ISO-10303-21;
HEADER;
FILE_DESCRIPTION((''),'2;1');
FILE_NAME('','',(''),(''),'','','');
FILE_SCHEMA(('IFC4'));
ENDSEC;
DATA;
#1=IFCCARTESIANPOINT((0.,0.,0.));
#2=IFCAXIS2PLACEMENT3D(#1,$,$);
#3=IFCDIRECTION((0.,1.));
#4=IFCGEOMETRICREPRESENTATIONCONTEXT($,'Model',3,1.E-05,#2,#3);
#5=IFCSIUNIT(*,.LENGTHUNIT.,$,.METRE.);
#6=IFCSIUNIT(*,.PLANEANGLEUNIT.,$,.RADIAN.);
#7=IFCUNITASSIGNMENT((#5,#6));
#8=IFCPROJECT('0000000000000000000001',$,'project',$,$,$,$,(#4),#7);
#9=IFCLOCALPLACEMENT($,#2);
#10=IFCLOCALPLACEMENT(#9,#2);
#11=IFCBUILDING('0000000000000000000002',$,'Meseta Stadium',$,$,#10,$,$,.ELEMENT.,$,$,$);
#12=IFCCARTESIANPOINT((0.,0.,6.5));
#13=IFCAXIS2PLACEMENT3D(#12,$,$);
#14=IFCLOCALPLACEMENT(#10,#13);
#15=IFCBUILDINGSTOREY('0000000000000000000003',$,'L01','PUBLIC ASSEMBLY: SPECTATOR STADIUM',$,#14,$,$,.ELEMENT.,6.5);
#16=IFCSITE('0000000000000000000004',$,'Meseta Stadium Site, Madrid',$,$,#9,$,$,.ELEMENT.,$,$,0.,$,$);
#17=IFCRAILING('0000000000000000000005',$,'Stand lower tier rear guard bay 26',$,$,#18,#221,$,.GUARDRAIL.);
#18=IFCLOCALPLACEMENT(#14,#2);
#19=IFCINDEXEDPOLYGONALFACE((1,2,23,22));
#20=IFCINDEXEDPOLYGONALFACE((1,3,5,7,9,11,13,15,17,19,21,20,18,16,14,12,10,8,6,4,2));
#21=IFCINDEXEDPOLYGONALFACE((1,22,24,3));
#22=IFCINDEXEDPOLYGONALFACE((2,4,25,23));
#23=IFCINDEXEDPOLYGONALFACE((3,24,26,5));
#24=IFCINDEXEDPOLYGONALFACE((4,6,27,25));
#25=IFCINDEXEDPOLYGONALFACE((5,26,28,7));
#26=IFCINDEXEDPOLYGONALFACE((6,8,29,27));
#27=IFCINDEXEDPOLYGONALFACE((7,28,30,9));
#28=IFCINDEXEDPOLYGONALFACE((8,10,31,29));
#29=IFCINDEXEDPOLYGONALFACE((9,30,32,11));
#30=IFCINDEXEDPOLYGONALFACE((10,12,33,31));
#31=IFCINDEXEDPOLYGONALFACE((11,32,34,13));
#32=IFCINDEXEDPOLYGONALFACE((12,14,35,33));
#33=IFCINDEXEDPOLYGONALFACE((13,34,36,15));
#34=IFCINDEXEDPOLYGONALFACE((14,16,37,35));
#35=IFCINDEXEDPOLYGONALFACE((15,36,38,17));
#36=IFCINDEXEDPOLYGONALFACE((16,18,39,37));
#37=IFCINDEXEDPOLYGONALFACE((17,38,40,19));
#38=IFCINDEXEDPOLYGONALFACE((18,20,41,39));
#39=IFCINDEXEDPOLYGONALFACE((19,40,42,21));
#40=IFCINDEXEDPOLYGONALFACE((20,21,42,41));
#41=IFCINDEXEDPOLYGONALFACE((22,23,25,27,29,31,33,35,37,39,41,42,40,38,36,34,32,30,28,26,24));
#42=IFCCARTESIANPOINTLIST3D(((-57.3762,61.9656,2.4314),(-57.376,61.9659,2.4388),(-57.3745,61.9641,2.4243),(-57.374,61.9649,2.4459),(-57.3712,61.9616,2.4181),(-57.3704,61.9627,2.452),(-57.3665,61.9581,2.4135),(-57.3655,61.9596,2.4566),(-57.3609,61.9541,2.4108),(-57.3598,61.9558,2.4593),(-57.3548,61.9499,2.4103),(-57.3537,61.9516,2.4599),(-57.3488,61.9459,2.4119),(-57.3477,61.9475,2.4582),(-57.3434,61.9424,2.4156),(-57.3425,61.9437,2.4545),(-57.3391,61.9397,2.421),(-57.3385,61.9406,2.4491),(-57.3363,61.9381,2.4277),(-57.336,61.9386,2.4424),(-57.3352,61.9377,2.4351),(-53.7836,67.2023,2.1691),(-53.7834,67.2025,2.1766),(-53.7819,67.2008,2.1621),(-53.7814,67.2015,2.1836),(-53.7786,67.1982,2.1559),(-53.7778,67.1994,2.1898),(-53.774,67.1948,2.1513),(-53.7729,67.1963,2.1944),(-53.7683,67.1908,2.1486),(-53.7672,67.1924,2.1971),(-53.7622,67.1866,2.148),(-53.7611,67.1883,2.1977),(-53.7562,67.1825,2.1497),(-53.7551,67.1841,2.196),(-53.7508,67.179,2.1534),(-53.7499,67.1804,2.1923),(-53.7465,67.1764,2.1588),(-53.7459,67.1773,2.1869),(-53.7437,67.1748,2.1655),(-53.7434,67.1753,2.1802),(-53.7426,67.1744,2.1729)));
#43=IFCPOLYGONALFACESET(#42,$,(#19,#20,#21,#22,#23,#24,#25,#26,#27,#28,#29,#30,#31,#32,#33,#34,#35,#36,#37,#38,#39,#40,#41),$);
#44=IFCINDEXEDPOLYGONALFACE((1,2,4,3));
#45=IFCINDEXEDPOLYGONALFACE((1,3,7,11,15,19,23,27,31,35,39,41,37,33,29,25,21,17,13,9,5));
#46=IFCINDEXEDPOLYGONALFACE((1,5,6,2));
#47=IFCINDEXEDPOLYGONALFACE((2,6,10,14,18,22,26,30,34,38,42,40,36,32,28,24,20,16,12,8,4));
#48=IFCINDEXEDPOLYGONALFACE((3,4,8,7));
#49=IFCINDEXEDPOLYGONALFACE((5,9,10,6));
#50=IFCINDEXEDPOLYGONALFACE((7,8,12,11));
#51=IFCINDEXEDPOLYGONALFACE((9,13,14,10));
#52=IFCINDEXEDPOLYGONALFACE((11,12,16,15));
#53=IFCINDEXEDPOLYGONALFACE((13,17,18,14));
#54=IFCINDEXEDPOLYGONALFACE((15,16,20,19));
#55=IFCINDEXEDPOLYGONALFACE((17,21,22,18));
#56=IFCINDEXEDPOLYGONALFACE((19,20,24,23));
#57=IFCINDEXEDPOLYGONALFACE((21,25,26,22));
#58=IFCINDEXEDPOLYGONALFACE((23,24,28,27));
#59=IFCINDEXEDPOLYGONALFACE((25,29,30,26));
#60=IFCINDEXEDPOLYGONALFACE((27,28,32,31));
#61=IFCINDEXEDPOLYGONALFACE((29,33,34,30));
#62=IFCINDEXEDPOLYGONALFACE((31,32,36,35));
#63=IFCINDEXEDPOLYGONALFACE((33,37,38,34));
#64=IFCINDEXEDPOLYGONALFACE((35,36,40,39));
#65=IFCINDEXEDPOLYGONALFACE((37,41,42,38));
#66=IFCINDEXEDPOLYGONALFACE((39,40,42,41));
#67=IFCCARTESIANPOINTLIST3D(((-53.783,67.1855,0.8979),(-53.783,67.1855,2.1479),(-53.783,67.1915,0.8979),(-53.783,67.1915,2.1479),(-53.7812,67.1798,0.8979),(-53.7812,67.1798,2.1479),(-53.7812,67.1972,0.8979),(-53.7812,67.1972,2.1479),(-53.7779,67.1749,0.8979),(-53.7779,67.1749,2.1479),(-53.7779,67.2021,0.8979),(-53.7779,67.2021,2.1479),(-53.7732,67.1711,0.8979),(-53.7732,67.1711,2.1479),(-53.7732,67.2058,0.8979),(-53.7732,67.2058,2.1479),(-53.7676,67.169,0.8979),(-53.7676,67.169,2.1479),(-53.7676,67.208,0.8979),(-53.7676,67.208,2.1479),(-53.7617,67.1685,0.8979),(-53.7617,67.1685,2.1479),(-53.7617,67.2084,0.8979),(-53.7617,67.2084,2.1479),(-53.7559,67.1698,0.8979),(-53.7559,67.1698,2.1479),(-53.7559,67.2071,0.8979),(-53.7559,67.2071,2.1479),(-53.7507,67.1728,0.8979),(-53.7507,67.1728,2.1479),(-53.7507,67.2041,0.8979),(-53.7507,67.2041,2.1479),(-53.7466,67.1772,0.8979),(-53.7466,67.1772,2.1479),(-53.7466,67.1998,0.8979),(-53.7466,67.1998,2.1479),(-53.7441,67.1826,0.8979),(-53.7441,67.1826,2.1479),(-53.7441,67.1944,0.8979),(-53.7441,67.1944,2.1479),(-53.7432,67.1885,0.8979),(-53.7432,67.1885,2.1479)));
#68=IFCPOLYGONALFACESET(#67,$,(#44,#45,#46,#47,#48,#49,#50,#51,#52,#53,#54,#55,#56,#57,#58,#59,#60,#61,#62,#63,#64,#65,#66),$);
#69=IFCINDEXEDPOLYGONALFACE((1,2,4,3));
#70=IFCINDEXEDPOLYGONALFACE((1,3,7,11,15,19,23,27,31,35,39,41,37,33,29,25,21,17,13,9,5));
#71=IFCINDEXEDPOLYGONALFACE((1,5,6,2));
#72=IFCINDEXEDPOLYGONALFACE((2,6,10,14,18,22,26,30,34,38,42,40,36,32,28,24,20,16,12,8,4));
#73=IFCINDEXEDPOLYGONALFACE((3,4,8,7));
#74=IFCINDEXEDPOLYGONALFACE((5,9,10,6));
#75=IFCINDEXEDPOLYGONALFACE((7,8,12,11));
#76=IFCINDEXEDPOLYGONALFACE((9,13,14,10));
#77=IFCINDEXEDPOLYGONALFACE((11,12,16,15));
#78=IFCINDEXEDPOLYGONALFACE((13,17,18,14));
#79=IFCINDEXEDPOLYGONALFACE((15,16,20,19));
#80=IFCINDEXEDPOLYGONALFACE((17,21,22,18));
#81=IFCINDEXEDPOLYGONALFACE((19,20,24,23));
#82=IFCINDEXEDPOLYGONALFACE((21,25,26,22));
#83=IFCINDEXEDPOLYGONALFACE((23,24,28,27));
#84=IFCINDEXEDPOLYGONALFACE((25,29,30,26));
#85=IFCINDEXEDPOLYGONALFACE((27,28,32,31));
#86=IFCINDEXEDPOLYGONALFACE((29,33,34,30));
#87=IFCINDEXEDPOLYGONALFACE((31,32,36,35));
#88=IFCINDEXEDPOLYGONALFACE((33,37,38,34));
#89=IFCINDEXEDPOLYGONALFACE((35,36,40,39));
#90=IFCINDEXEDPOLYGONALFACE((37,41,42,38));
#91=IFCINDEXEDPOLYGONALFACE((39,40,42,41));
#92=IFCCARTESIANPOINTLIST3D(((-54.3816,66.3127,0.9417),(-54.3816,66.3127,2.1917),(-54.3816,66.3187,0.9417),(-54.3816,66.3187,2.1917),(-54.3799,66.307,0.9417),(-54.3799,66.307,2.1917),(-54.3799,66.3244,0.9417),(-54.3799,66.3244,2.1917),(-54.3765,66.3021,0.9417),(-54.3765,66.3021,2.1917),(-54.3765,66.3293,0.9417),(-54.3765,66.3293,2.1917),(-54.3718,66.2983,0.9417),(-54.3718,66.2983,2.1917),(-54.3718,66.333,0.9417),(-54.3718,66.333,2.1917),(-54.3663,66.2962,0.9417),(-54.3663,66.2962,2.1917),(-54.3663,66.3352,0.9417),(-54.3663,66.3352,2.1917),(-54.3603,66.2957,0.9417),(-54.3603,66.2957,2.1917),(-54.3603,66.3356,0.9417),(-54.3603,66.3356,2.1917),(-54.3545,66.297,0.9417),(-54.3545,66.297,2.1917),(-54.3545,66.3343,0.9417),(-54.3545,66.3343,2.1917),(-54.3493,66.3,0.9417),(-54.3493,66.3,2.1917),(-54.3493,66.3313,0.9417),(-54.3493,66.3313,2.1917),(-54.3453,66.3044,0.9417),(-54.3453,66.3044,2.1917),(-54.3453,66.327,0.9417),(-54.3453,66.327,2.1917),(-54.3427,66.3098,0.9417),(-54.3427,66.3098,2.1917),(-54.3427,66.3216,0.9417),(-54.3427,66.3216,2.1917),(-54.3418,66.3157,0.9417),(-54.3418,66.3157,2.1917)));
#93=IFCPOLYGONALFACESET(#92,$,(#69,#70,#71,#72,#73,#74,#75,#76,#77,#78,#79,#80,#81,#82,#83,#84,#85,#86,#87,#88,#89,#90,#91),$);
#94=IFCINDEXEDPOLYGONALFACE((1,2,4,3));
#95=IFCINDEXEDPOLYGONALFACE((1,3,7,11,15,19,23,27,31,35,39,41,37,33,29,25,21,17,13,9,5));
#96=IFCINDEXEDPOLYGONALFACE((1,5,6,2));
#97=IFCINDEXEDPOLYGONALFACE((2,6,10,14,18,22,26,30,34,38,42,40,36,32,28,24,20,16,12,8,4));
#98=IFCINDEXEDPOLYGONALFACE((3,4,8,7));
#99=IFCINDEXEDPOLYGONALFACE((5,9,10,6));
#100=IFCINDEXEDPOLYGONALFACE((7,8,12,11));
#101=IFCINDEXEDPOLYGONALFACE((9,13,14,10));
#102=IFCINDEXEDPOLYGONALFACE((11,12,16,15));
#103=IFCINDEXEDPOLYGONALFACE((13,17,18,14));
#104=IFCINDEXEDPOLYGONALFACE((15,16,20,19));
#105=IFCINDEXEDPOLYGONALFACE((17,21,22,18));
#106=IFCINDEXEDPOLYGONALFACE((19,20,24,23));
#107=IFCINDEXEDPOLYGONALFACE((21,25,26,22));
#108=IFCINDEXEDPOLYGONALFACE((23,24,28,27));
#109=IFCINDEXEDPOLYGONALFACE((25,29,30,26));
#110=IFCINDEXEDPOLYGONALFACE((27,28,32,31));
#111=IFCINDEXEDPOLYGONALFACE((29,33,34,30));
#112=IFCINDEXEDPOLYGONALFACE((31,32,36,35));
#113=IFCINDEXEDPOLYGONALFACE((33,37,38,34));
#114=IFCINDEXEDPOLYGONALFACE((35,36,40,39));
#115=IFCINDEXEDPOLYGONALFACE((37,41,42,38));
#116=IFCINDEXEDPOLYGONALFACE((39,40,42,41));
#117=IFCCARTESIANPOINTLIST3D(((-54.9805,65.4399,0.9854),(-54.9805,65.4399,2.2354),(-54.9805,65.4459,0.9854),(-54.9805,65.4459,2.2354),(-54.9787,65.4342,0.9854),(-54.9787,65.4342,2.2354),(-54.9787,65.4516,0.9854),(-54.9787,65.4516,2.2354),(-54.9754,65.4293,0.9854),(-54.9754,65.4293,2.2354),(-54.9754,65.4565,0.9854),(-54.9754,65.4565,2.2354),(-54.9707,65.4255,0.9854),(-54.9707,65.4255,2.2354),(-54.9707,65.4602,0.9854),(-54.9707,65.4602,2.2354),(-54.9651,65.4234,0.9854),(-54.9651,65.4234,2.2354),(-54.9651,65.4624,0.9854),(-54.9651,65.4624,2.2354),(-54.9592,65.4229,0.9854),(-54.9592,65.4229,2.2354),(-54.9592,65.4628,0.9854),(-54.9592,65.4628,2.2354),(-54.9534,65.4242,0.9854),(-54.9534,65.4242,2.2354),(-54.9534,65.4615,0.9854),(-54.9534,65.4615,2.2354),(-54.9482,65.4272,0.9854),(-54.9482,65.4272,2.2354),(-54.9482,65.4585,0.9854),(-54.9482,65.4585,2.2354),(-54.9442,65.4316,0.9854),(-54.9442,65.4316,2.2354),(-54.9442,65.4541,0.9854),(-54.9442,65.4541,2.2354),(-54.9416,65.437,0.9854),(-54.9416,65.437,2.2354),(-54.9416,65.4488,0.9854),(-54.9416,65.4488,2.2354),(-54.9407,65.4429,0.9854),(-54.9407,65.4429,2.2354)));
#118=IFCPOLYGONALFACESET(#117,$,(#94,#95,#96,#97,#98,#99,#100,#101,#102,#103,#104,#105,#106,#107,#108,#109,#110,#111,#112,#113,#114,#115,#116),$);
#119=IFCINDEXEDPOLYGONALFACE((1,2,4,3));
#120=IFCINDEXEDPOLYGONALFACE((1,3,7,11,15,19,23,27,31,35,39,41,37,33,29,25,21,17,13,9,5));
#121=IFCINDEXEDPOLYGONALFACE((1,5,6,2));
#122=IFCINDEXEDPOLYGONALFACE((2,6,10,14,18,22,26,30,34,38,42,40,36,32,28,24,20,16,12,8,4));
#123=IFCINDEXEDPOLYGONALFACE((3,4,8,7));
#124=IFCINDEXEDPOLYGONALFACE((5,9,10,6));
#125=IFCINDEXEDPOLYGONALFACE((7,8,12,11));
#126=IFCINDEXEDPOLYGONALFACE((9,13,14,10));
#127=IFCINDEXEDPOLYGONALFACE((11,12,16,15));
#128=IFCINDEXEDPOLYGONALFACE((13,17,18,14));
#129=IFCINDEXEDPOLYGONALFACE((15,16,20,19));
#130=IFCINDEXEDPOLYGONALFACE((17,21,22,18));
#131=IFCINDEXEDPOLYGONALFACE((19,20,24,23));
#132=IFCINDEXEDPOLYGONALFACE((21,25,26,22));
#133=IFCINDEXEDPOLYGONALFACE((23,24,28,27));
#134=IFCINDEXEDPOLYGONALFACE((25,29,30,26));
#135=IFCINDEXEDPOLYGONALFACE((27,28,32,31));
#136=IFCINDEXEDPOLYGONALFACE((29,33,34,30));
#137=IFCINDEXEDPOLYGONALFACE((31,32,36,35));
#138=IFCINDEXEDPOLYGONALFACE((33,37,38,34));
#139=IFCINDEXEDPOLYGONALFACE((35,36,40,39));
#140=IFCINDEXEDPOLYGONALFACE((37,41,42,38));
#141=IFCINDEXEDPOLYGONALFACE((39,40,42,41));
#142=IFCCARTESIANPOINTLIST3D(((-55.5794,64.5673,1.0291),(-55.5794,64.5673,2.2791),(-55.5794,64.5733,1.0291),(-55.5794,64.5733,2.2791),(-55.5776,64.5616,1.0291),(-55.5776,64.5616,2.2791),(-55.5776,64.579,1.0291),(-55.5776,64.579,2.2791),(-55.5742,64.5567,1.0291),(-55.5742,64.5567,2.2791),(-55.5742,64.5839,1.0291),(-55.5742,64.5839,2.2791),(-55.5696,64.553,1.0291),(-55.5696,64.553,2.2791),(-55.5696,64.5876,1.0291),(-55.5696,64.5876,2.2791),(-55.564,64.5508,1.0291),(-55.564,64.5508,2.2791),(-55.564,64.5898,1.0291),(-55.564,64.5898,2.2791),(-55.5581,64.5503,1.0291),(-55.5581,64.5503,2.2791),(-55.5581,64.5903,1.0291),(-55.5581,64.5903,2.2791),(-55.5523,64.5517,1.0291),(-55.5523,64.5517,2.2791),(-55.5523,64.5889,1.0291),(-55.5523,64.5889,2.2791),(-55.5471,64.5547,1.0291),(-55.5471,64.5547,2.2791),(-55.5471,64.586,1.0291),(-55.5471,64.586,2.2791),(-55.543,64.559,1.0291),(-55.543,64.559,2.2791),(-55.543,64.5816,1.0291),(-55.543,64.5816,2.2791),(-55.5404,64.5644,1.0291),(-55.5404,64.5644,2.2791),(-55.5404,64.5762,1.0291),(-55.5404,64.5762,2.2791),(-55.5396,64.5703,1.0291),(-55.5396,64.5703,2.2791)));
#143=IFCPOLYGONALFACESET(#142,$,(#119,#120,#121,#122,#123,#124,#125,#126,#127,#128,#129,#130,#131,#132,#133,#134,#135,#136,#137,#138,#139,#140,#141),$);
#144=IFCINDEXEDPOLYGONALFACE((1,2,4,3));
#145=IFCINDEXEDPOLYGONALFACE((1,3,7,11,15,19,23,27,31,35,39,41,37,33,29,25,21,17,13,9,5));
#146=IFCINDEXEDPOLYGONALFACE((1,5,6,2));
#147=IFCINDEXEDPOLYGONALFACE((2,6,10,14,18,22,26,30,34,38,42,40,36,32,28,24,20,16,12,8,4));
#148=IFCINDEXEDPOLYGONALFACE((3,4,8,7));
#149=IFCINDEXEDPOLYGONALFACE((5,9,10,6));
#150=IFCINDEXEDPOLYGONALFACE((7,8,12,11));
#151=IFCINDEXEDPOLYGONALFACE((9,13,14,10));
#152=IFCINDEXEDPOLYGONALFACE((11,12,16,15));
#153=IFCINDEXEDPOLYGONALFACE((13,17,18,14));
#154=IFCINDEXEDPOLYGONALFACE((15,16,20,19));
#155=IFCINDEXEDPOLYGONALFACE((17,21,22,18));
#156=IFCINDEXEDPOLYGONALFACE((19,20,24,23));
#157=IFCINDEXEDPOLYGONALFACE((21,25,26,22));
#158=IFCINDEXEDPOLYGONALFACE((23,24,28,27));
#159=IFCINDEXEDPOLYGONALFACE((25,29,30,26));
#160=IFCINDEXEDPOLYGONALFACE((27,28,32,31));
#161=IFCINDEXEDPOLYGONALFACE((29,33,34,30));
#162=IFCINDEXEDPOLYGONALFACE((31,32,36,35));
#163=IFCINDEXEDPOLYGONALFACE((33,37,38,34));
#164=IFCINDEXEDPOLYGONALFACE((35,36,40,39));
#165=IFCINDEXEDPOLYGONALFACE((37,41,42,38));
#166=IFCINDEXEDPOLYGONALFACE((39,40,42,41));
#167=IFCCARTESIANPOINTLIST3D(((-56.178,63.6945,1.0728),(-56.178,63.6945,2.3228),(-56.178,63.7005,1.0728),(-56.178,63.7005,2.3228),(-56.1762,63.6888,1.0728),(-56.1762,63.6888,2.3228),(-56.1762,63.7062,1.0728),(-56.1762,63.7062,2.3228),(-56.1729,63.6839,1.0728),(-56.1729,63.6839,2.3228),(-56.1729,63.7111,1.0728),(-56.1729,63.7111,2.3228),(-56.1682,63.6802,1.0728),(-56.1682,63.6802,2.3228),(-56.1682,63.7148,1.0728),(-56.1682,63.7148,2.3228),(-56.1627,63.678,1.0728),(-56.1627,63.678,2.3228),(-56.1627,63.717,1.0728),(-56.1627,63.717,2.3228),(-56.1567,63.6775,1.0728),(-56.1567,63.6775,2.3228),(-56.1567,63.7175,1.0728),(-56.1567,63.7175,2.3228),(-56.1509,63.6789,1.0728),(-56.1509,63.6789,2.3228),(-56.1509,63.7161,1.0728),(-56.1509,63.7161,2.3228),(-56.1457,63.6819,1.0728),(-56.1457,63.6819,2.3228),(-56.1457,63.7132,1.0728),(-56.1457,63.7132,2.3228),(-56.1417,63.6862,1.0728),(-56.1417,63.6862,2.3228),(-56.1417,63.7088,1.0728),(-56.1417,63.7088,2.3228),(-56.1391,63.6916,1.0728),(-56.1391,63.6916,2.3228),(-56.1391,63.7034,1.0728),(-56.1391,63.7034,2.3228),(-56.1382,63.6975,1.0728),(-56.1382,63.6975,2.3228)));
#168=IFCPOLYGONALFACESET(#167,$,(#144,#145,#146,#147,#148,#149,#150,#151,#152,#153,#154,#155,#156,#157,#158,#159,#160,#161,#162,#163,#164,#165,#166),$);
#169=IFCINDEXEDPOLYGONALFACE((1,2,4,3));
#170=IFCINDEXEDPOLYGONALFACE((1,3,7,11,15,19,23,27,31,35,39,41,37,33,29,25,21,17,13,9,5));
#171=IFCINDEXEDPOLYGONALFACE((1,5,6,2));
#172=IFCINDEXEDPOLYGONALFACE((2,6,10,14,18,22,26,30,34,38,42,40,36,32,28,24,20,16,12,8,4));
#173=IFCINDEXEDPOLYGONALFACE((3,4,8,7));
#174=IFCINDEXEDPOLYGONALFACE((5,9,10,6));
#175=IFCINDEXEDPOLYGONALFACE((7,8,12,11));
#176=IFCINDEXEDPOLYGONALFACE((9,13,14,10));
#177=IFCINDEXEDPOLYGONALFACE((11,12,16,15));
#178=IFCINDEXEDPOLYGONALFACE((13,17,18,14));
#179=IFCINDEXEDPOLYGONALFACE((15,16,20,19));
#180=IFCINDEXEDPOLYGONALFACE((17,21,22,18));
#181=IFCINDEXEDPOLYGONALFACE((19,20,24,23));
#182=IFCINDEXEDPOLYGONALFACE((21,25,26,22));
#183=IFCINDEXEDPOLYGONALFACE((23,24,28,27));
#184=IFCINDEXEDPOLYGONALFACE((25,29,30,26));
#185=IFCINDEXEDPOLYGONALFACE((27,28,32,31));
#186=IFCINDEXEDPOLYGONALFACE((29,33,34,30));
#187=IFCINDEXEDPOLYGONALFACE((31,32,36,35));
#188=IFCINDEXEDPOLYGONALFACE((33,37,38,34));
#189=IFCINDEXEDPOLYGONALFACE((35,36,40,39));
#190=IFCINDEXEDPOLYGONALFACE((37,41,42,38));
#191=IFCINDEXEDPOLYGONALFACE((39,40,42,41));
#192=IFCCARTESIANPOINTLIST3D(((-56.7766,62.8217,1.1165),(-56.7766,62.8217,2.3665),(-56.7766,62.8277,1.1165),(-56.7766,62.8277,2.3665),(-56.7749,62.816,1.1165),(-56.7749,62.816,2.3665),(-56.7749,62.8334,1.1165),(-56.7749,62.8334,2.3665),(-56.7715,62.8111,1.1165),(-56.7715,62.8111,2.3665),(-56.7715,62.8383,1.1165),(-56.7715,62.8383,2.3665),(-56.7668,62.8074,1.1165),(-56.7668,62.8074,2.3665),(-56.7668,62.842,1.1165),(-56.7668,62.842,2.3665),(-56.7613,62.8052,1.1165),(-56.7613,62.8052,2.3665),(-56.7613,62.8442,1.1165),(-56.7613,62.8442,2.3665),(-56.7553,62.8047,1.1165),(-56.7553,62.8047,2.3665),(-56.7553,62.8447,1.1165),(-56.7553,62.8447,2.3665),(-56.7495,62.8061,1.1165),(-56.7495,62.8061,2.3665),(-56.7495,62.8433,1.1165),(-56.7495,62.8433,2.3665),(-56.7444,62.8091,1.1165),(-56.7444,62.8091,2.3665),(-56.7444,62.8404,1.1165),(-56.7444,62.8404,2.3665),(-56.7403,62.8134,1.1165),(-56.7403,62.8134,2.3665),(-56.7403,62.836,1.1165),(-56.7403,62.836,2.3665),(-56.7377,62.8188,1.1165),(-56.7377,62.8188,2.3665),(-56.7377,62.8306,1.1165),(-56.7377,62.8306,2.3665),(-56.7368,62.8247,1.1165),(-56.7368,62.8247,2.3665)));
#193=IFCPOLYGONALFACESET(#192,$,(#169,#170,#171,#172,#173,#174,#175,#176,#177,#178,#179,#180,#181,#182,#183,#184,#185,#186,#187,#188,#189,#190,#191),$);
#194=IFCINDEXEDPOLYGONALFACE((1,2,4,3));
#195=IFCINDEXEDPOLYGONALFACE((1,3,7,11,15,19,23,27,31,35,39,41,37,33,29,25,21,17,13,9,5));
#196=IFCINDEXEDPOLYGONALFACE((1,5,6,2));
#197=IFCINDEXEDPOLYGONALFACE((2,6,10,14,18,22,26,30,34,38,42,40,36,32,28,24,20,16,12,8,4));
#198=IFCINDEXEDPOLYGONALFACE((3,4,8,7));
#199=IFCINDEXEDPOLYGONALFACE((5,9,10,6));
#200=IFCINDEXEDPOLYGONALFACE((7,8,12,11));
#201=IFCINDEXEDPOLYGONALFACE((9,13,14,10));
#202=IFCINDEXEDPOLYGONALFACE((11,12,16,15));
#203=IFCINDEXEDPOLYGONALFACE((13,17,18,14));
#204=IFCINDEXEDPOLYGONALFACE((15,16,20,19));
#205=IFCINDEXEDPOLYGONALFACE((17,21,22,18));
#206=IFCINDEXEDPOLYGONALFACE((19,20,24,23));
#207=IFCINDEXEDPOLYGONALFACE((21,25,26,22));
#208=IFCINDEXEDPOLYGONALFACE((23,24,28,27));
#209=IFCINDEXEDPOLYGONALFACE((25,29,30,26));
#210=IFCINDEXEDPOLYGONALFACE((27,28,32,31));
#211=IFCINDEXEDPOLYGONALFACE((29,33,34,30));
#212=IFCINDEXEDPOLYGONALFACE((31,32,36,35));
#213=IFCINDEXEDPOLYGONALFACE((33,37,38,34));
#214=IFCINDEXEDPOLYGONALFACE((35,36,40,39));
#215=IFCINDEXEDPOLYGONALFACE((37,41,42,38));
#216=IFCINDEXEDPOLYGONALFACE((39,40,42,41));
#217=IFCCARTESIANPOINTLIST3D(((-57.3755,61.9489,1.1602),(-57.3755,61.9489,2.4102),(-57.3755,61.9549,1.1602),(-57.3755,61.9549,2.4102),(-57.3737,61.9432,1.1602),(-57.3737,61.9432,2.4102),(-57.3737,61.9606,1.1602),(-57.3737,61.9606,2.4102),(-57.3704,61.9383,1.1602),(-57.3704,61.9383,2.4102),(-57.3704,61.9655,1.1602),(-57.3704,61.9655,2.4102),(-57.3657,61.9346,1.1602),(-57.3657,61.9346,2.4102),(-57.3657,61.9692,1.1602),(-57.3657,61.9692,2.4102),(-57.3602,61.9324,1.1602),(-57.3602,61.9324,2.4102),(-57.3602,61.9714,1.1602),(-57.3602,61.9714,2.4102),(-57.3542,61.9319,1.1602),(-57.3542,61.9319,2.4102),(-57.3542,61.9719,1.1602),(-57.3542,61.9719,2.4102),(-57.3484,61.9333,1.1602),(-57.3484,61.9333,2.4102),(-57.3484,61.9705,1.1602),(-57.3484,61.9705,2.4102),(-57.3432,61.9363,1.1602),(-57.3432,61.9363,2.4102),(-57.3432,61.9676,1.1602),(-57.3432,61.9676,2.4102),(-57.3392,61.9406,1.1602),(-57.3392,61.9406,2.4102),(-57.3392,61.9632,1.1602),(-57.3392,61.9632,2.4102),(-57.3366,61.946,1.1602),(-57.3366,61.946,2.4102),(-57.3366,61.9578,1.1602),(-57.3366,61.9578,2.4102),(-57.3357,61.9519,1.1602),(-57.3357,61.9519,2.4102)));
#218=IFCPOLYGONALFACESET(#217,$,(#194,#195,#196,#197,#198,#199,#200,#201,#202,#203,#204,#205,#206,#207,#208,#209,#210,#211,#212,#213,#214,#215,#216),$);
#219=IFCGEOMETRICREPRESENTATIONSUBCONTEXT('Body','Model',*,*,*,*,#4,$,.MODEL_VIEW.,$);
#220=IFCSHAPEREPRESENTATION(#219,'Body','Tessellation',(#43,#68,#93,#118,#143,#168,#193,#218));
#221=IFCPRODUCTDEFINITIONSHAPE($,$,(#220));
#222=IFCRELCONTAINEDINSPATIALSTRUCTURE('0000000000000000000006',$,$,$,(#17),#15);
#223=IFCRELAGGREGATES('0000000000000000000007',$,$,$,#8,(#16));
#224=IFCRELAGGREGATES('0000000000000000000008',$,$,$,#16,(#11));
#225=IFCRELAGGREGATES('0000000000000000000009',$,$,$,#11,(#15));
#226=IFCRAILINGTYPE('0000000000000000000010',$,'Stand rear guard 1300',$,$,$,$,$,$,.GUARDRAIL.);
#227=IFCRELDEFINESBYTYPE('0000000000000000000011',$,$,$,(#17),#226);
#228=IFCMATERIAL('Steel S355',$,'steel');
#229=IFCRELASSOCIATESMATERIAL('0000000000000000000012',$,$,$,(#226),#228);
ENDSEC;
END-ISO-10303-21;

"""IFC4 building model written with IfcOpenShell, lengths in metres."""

from ifc_helpers import new_model, si_unit, direction, frame, origin, origin_2d, place, context, subcontext, project, spatial, circle, extrude, material, type_object, element, save


model = new_model("IFC4")

# Units and contexts
model_context = context("Model", 3, precision=1e-05, world=origin(), true_north=direction((0.0, 1.0)))
body_context = subcontext(model_context, "Body", "Model", "MODEL_VIEW")
ifc_project = project(units=[si_unit("LENGTHUNIT", "METRE"), si_unit("PLANEANGLEUNIT", "RADIAN")], contexts=[model_context])

# Site, building, storey
site_placement = place(None, origin())
site = spatial("IfcSite", under=ifc_project, at=site_placement, Name="Meseta Stadium Site, Madrid", CompositionType="ELEMENT", RefElevation=0.0)
building_placement = place(site_placement, origin())
building = spatial("IfcBuilding", under=site, at=building_placement, Name="Meseta Stadium", CompositionType="ELEMENT")
storey_placement = place(building_placement, frame((0.0, 0.0, 6.5)))
storey = spatial("IfcBuildingStorey", under=building, at=storey_placement, Name="L01", Description="PUBLIC ASSEMBLY: SPECTATOR STADIUM", CompositionType="ELEMENT", Elevation=6.5)

# Railing
ifc_material_1 = material(Name="Steel S355", Category="steel")
railing_type = type_object("IfcRailingType", Name="Stand rear guard 1300", PredefinedType="GUARDRAIL", material=ifc_material_1)
railing_placement = place(storey_placement, frame((-53.7632, 67.1885, 0.8979)))
element("IfcRailing", 1, at=railing_placement, inside=storey, type_object=railing_type, Name="Stand lower tier rear guard bay 26", PredefinedType="GUARDRAIL", context=body_context, shape_type="SweptSolid", body=[
    extrude(circle(Radius=0.0249, at=origin_2d()), frame((0.0, 0.0, 1.2749), z_axis=(-0.565233, -0.823899, 0.041255), x_axis=(0.824601, -0.565714, 0.0)), (0.0, 0.0, 1.0), 6.356),
    extrude(circle(Radius=0.02, at=origin_2d()), origin(), (0.0, 0.0, 1.0), 1.25),
    extrude(circle(Radius=0.02, at=origin_2d()), frame((-0.5986, -0.8728, 0.0437)), (0.0, 0.0, 1.0), 1.25),
    extrude(circle(Radius=0.02, at=origin_2d()), frame((-1.1975, -1.7456, 0.0874)), (0.0, 0.0, 1.0), 1.25),
    extrude(circle(Radius=0.02, at=origin_2d()), frame((-1.7964, -2.6182, 0.1311)), (0.0, 0.0, 1.0), 1.25),
    extrude(circle(Radius=0.02, at=origin_2d()), frame((-2.395, -3.491, 0.1748)), (0.0, 0.0, 1.0), 1.25),
    extrude(circle(Radius=0.02, at=origin_2d()), frame((-2.9937, -4.3638, 0.2185)), (0.0, 0.0, 1.0), 1.25),
    extrude(circle(Radius=0.02, at=origin_2d()), frame((-3.5925, -5.2366, 0.2622)), (0.0, 0.0, 1.0), 1.25),
])

save(model, "model.ifc")
